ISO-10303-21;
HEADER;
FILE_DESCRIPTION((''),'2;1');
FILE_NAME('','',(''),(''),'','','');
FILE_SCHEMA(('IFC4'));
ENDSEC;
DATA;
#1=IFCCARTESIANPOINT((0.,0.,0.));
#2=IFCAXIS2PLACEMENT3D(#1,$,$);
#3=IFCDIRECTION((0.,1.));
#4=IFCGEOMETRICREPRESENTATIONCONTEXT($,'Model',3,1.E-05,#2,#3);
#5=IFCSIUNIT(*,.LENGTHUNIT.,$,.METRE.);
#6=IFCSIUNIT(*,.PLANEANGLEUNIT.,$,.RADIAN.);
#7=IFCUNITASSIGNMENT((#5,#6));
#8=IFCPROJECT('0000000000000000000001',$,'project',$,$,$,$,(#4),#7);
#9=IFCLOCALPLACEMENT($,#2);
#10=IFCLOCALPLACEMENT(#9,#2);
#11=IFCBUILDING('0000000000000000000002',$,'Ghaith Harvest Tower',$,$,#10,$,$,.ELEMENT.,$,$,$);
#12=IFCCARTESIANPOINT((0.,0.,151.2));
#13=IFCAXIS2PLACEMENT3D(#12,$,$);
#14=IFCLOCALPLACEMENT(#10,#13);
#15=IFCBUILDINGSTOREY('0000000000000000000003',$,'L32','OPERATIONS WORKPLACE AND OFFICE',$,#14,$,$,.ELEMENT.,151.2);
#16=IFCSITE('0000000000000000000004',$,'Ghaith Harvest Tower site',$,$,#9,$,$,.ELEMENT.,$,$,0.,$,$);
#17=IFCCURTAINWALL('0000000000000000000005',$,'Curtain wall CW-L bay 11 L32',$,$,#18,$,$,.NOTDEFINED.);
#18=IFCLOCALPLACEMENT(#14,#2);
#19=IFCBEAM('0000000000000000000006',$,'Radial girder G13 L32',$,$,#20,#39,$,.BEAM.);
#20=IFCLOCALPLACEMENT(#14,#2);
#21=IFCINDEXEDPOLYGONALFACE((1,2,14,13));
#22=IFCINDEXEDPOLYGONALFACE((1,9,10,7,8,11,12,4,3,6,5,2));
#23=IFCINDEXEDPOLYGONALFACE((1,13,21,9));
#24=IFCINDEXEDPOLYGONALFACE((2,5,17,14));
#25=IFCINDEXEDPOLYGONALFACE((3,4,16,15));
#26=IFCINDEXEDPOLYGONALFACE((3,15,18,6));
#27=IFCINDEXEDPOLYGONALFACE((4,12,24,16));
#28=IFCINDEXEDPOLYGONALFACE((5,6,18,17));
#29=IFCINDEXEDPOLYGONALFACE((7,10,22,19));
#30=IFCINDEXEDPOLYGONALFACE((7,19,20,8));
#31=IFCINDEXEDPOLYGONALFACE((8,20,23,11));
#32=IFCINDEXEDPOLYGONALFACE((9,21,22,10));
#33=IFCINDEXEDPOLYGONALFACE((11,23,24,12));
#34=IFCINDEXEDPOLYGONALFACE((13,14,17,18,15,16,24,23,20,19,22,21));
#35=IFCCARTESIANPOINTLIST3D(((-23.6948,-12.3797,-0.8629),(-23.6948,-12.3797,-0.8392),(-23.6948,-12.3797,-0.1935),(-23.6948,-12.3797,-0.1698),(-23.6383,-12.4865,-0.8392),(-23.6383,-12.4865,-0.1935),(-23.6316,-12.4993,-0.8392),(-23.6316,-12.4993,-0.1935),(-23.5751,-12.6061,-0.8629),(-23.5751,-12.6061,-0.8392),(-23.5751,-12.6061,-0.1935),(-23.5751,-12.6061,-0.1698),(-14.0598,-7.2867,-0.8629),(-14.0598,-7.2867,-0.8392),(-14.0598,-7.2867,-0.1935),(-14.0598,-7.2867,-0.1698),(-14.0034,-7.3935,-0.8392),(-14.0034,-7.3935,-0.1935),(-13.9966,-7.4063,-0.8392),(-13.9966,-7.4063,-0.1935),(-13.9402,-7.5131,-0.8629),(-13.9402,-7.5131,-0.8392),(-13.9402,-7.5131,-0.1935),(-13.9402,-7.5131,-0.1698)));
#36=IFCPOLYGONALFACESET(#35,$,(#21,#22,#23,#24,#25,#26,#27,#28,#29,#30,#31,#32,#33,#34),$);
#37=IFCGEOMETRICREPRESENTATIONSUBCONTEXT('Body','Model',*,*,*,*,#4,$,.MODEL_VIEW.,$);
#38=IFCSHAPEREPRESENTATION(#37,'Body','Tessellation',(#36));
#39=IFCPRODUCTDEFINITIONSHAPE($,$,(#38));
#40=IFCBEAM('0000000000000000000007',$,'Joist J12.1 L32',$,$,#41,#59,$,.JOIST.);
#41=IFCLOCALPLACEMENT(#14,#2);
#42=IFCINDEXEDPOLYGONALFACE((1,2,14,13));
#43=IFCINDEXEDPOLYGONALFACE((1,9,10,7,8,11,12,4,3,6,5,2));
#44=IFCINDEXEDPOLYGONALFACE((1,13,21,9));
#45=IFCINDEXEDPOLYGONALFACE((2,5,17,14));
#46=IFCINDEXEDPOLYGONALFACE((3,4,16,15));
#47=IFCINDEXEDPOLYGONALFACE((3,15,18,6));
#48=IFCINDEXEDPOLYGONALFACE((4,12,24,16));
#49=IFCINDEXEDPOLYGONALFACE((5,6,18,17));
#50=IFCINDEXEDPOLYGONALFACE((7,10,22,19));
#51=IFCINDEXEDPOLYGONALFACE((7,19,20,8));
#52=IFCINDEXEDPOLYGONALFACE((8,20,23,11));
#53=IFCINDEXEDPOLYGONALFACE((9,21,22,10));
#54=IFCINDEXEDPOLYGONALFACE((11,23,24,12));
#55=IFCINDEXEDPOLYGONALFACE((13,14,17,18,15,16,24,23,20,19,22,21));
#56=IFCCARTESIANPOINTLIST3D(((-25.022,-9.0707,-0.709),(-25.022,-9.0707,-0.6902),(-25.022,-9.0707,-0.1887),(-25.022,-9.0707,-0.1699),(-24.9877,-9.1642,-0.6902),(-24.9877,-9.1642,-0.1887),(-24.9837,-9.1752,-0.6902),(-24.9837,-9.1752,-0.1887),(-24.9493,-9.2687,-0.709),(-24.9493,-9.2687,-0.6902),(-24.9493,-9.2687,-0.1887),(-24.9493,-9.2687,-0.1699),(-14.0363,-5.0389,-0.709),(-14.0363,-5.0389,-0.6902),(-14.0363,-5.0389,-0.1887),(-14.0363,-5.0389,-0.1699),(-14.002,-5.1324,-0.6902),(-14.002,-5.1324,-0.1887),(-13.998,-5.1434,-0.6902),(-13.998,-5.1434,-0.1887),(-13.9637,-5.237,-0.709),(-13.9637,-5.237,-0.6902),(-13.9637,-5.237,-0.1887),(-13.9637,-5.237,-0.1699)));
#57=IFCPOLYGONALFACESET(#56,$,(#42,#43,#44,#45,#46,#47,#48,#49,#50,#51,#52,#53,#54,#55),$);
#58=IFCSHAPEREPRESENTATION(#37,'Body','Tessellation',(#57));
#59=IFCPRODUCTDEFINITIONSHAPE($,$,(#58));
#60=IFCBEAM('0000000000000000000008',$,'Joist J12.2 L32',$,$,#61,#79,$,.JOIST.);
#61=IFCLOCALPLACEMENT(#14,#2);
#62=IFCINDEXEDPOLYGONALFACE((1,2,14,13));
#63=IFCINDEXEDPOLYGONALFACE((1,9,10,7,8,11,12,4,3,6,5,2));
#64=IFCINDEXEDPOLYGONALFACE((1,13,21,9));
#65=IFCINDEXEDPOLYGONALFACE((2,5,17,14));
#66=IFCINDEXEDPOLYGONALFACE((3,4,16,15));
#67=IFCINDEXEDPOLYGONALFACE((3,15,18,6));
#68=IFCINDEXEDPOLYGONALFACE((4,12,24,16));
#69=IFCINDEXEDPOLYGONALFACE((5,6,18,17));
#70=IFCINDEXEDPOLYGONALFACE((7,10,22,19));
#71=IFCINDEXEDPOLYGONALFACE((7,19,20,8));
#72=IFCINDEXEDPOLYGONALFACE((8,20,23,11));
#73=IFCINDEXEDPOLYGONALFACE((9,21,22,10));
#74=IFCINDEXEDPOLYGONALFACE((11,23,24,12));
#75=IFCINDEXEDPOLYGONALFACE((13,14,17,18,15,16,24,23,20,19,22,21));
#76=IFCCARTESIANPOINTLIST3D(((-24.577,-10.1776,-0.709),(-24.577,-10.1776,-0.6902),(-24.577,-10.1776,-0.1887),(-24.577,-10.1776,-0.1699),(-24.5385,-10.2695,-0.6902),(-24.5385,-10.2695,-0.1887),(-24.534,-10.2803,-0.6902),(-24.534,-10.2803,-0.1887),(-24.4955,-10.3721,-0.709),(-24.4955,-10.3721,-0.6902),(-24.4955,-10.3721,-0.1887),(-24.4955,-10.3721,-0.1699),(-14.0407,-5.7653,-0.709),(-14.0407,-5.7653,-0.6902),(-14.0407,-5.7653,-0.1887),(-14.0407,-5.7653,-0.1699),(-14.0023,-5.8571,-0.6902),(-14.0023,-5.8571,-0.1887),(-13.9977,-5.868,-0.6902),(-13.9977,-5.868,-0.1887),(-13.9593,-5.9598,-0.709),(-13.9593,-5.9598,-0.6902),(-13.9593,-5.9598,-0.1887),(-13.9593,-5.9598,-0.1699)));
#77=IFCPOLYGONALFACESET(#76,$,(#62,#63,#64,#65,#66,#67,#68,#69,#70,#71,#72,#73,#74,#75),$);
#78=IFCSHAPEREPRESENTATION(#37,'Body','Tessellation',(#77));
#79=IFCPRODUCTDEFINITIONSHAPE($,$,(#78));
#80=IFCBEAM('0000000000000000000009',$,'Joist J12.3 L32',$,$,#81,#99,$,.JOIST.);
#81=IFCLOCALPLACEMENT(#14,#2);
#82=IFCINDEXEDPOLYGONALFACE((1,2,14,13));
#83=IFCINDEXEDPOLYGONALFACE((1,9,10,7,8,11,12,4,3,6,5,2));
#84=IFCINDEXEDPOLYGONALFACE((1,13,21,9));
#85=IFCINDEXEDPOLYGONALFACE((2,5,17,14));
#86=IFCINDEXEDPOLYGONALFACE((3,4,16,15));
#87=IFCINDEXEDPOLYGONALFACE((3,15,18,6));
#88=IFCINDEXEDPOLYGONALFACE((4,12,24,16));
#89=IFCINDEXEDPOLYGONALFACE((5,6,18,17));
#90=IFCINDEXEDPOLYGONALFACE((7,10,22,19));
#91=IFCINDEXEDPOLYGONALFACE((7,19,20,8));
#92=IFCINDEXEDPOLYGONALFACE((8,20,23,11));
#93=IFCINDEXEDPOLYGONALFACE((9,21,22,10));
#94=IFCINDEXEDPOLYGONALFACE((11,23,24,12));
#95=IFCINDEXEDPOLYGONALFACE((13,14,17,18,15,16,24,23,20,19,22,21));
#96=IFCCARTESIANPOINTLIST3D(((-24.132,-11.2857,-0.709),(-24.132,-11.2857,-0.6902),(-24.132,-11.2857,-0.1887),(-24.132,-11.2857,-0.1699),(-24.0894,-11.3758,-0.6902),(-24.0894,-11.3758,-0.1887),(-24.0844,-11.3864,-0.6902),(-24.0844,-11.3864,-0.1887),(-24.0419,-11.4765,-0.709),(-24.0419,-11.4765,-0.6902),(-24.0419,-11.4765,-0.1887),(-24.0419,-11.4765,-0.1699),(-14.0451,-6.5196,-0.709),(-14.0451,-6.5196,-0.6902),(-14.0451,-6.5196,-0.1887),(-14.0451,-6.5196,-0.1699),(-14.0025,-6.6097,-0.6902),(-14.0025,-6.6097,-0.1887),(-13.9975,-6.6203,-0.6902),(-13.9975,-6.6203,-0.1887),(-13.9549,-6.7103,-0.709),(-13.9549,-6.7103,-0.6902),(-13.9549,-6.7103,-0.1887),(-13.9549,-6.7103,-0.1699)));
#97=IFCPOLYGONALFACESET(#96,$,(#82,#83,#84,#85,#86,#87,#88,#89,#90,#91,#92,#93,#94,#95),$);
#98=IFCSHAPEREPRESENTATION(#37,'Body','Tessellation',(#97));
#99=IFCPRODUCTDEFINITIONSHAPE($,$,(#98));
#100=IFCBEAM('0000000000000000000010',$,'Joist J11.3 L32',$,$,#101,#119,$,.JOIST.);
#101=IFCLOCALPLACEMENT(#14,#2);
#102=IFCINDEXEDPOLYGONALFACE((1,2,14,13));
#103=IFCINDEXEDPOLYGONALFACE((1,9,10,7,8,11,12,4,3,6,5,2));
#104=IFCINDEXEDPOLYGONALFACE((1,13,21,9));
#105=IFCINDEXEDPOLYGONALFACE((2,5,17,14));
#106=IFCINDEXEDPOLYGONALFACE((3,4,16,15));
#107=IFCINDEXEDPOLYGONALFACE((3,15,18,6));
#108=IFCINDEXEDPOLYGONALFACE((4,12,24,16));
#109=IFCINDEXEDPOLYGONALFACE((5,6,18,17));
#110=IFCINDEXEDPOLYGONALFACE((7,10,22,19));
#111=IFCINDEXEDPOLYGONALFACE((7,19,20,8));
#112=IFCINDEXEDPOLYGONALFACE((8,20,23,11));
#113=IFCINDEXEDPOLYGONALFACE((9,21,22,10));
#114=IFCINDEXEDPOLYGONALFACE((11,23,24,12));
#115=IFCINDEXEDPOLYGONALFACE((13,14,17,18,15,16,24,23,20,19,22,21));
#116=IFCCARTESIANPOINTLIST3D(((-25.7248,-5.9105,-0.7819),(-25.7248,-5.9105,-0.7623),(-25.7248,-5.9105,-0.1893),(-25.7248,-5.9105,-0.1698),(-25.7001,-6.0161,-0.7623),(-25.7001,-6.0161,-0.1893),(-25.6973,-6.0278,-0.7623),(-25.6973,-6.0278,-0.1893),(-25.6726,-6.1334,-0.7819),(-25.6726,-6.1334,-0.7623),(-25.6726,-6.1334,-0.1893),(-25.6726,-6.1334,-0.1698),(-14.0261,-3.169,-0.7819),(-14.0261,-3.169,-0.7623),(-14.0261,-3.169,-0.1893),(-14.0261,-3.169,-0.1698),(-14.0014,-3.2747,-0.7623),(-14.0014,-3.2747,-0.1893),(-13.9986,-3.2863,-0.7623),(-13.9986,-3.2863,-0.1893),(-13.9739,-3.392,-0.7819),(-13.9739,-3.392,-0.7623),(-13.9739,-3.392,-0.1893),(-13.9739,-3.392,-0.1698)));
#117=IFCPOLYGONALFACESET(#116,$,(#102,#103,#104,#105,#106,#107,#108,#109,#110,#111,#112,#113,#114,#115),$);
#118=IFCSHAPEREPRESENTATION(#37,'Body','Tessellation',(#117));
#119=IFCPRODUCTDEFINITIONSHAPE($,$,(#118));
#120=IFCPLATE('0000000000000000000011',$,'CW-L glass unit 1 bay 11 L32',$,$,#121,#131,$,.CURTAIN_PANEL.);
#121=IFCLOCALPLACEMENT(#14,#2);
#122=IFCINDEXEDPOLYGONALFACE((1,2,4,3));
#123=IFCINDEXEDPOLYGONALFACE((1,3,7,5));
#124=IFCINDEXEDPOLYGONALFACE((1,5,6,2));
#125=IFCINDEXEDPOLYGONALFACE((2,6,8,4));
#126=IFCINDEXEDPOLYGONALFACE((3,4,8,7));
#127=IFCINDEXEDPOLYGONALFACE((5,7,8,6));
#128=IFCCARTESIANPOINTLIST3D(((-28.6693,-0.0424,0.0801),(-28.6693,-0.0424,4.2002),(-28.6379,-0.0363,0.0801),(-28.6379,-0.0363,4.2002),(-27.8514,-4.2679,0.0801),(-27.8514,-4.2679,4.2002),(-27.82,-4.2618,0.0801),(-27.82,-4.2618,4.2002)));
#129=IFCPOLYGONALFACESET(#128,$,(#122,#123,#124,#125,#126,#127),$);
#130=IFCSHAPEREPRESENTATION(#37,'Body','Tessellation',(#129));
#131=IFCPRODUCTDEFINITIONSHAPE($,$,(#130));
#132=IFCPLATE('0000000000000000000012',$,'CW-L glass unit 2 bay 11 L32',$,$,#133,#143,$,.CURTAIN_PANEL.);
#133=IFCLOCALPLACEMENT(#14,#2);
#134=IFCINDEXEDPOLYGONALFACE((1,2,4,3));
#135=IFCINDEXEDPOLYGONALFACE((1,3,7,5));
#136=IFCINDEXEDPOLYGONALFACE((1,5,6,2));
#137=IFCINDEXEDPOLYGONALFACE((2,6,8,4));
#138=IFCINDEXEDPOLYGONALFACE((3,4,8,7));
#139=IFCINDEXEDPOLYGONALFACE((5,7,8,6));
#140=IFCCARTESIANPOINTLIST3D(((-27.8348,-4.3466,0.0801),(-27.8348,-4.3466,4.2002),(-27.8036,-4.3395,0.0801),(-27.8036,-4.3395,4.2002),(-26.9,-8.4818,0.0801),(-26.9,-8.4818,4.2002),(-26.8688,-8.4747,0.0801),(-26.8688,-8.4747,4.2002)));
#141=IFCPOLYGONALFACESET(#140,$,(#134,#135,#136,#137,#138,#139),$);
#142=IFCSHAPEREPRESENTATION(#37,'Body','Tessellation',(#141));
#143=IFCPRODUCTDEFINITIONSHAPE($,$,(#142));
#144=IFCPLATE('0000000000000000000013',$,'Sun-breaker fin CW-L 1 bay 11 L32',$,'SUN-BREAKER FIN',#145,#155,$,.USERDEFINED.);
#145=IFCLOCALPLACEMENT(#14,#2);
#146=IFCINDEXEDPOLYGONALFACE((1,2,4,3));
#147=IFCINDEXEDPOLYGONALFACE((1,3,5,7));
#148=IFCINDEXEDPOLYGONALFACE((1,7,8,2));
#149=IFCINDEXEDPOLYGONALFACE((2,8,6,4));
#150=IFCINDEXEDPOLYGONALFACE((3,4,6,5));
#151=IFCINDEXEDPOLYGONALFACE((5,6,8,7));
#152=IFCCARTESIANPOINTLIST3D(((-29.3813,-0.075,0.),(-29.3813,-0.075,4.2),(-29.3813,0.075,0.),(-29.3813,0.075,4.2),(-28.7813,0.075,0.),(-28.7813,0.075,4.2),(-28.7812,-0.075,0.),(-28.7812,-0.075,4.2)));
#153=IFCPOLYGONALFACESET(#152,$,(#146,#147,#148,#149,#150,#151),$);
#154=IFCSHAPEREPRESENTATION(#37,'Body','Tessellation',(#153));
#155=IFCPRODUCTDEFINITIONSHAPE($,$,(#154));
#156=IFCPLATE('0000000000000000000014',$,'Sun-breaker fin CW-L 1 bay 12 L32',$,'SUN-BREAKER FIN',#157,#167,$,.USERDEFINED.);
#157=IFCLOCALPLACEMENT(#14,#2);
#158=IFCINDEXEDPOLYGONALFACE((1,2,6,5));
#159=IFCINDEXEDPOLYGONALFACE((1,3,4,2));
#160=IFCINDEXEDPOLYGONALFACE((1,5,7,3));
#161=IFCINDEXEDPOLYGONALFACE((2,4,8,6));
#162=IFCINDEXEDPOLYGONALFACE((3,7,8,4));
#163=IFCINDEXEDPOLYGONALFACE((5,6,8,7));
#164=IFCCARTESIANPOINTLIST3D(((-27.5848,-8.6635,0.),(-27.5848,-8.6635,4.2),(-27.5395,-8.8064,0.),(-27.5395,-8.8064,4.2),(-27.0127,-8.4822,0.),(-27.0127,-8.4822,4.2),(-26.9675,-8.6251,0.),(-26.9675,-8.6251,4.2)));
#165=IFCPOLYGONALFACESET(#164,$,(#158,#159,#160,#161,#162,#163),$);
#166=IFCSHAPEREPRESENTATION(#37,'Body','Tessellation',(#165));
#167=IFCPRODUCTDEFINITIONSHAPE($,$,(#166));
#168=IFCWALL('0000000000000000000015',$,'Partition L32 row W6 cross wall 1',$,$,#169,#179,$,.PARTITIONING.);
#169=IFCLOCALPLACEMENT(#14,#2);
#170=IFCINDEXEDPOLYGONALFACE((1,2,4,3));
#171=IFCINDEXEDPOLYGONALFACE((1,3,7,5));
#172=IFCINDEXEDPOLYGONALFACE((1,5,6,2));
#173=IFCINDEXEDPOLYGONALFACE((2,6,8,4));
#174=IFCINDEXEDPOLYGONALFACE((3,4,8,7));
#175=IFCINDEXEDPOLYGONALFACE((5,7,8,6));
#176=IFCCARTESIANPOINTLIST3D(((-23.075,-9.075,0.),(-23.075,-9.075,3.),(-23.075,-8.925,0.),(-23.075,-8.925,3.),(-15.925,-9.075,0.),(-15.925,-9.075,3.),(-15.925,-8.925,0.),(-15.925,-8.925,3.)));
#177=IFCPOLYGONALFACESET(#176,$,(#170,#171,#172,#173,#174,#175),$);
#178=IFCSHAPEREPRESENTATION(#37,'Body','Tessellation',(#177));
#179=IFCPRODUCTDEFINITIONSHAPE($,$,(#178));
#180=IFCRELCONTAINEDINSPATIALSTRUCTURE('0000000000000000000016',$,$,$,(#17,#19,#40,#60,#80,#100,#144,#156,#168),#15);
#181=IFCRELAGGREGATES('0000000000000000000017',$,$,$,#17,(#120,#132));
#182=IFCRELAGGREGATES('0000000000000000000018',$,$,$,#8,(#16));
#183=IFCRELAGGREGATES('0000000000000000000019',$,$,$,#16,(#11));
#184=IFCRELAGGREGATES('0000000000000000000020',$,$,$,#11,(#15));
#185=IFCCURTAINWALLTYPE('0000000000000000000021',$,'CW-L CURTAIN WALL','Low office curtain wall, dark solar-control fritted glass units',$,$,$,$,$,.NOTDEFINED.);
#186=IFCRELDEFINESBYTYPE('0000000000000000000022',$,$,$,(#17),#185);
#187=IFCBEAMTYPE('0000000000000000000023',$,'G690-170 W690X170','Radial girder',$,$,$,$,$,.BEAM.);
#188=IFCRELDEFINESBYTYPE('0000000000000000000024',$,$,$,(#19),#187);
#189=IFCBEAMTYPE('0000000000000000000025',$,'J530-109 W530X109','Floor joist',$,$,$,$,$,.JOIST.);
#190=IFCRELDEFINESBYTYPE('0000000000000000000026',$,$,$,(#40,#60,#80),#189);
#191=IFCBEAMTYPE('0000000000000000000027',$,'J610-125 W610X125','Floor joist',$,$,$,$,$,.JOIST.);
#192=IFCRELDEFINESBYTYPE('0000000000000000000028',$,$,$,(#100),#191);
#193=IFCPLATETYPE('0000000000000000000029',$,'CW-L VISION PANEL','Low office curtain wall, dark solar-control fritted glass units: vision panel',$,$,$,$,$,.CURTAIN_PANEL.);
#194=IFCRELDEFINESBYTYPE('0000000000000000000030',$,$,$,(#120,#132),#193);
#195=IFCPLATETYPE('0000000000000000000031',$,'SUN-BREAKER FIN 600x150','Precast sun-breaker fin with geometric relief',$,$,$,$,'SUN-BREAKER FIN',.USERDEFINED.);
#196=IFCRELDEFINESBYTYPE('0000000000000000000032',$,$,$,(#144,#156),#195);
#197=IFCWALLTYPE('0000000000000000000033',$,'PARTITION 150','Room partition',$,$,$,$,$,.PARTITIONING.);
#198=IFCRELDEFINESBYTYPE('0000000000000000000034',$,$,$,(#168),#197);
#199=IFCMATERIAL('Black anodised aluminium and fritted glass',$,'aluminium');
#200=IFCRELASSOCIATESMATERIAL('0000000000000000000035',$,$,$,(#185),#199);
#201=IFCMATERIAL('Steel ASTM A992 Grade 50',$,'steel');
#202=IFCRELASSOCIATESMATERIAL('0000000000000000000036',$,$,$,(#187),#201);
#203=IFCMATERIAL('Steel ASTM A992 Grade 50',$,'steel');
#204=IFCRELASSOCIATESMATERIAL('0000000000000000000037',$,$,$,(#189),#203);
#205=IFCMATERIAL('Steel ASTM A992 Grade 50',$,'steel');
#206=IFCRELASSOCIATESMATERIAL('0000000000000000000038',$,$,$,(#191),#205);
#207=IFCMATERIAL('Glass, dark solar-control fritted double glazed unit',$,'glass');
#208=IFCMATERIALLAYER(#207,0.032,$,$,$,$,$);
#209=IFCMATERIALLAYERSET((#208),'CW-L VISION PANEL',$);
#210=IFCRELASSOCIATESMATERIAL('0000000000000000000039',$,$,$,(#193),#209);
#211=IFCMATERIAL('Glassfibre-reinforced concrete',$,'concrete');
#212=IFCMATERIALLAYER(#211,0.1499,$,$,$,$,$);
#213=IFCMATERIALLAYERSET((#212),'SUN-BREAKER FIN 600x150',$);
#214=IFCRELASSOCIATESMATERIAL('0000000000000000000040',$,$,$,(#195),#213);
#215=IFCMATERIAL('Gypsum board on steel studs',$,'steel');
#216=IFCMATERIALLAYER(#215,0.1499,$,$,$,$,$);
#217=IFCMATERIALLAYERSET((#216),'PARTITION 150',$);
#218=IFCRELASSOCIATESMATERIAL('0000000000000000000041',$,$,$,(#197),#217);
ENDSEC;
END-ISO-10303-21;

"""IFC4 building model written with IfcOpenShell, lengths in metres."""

from ifc_helpers import new_model, si_unit, direction, frame, frame_2d, origin, origin_2d, place, context, subcontext, project, spatial, rectangle, i_section, extrude, material, layer, layer_set, material_profile, profile_set, type_object, element, aggregate, save


model = new_model("IFC4")

# Units and contexts
model_context = context("Model", 3, precision=1e-05, world=origin(), true_north=direction((0.0, 1.0)))
body_context = subcontext(model_context, "Body", "Model", "MODEL_VIEW")
ifc_project = project(units=[si_unit("LENGTHUNIT", "METRE"), si_unit("PLANEANGLEUNIT", "RADIAN")], contexts=[model_context])

# Site, building, storey
site_placement = place(None, origin())
site = spatial("IfcSite", under=ifc_project, at=site_placement, Name="Ghaith Harvest Tower site", CompositionType="ELEMENT", RefElevation=0.0)
building_placement = place(site_placement, origin())
building = spatial("IfcBuilding", under=site, at=building_placement, Name="Ghaith Harvest Tower", CompositionType="ELEMENT")
storey_placement = place(building_placement, frame((0.0, 0.0, 151.2)))
storey = spatial("IfcBuildingStorey", under=building, at=storey_placement, Name="L32", Description="OPERATIONS WORKPLACE AND OFFICE", CompositionType="ELEMENT", Elevation=151.2)

# Curtain wall
ifc_material_1 = material(Name="Black anodised aluminium and fritted glass", Category="aluminium")
curtain_wall_type = type_object("IfcCurtainWallType", Name="CW-L CURTAIN WALL", Description="Low office curtain wall, dark solar-control fritted glass units", PredefinedType="NOTDEFINED", material=ifc_material_1)
curtain_wall_1_placement = place(storey_placement, origin())
curtain_wall_1 = element("IfcCurtainWall", 1, at=curtain_wall_1_placement, inside=storey, type_object=curtain_wall_type, Name="Curtain wall CW-L bay 11 L32", PredefinedType="NOTDEFINED")

# Beams
ifc_material_2 = material(Name="Steel ASTM A992 Grade 50", Category="steel")
ifc_material_profile_1 = material_profile(ifc_material_2, i_section(OverallWidth=0.2561, OverallDepth=0.6931, WebThickness=0.0144, FlangeThickness=0.0237, at=origin_2d()), Name="W690X170")
ifc_profile_set_1 = profile_set([ifc_material_profile_1], Name="Steel ASTM A992 Grade 50")
beam_type_1 = type_object("IfcBeamType", Name="G690-170 W690X170", Description="Radial girder", PredefinedType="BEAM", material=ifc_profile_set_1)
beam_1_placement = place(storey_placement, frame((-14.0, -7.3999, -0.5164), z_axis=(-0.884086, -0.467324, 0.0), x_axis=(0.467324, -0.884086, 0.0)))
element("IfcBeam", 2, at=beam_1_placement, inside=storey, type_object=beam_type_1, Name="Radial girder G13 L32", PredefinedType="BEAM", context=body_context, shape_type="SweptSolid", body=[
    extrude(i_section(OverallWidth=0.2561, OverallDepth=0.6931, WebThickness=0.0144, FlangeThickness=0.0237, at=origin_2d()), origin(), (0.0, 0.0, 1.0), 10.8982),
])
ifc_material_3 = material(Name="Steel ASTM A992 Grade 50", Category="steel")
ifc_material_profile_2 = material_profile(ifc_material_3, i_section(OverallWidth=0.2109, OverallDepth=0.5391, WebThickness=0.0117, FlangeThickness=0.0188, at=origin_2d()), Name="W530X109")
ifc_profile_set_2 = profile_set([ifc_material_profile_2], Name="Steel ASTM A992 Grade 50")
beam_type_2 = type_object("IfcBeamType", Name="J530-109 W530X109", Description="Floor joist", PredefinedType="JOIST", material=ifc_profile_set_2)
beam_2_placement = place(storey_placement, frame((-14.0, -5.1379, -0.4395), z_axis=(-0.938774, -0.344532, 0.0), x_axis=(0.344532, -0.938774, 0.0)))
element("IfcBeam", 3, at=beam_2_placement, inside=storey, type_object=beam_type_2, Name="Joist J12.1 L32", PredefinedType="JOIST", context=body_context, shape_type="SweptSolid", body=[
    extrude(i_section(OverallWidth=0.2109, OverallDepth=0.5391, WebThickness=0.0117, FlangeThickness=0.0188, at=origin_2d()), origin(), (0.0, 0.0, 1.0), 11.7021),
])
beam_3_placement = place(storey_placement, frame((-14.0, -5.8625, -0.4395), z_axis=(-0.922386, -0.38627, 0.0), x_axis=(0.38627, -0.922386, 0.0)))
element("IfcBeam", 4, at=beam_3_placement, inside=storey, type_object=beam_type_2, Name="Joist J12.2 L32", PredefinedType="JOIST", context=body_context, shape_type="SweptSolid", body=[
    extrude(i_section(OverallWidth=0.2109, OverallDepth=0.5391, WebThickness=0.0117, FlangeThickness=0.0188, at=origin_2d()), origin(), (0.0, 0.0, 1.0), 11.4229),
])
beam_4_placement = place(storey_placement, frame((-14.0, -6.615, -0.4395), z_axis=(-0.90415, -0.427215, 0.0), x_axis=(0.427215, -0.90415, 0.0)))
element("IfcBeam", 5, at=beam_4_placement, inside=storey, type_object=beam_type_2, Name="Joist J12.3 L32", PredefinedType="JOIST", context=body_context, shape_type="SweptSolid", body=[
    extrude(i_section(OverallWidth=0.2109, OverallDepth=0.5391, WebThickness=0.0117, FlangeThickness=0.0188, at=origin_2d()), origin(), (0.0, 0.0, 1.0), 11.1562),
])
ifc_material_4 = material(Name="Steel ASTM A992 Grade 50", Category="steel")
ifc_material_profile_3 = material_profile(ifc_material_4, i_section(OverallWidth=0.229, OverallDepth=0.6121, WebThickness=0.012, FlangeThickness=0.0195, at=origin_2d()), Name="W610X125")
ifc_profile_set_3 = profile_set([ifc_material_profile_3], Name="Steel ASTM A992 Grade 50")
beam_type_3 = type_object("IfcBeamType", Name="J610-125 W610X125", Description="Floor joist", PredefinedType="JOIST", material=ifc_profile_set_3)
beam_5_placement = place(storey_placement, frame((-14.0, -3.2805, -0.4758), z_axis=(-0.973624, -0.228157, 0.0), x_axis=(0.228157, -0.973624, 0.0)))
element("IfcBeam", 6, at=beam_5_placement, inside=storey, type_object=beam_type_3, Name="Joist J11.3 L32", PredefinedType="JOIST", context=body_context, shape_type="SweptSolid", body=[
    extrude(i_section(OverallWidth=0.229, OverallDepth=0.6121, WebThickness=0.012, FlangeThickness=0.0195, at=origin_2d()), origin(), (0.0, 0.0, 1.0), 12.0156),
])

# Plates
ifc_material_5 = material(Name="Glass, dark solar-control fritted double glazed unit", Category="glass")
ifc_layer_1 = layer(ifc_material_5, 0.032)
ifc_layer_set_1 = layer_set([ifc_layer_1], Name="CW-L VISION PANEL")
plate_type_1 = type_object("IfcPlateType", Name="CW-L VISION PANEL", Description="Low office curtain wall, dark solar-control fritted glass units: vision panel", PredefinedType="CURTAIN_PANEL", material=ifc_layer_set_1)
plate_1_placement = place(storey_placement, frame((-28.2446, -2.1521, 0.0801), z_axis=(0.0, 0.0, 1.0), x_axis=(0.190045, -0.981775, 0.0)))
plate_1 = element("IfcPlate", 7, at=plate_1_placement, type_object=plate_type_1, Name="CW-L glass unit 1 bay 11 L32", PredefinedType="CURTAIN_PANEL", context=body_context, shape_type="SweptSolid", body=[
    extrude(rectangle(XDim=4.304, YDim=0.032, at=origin_2d()), origin(), (0.0, 0.0, 1.0), 4.1201),
])
plate_2_placement = place(storey_placement, frame((-27.3518, -6.4106, 0.0801), z_axis=(0.0, 0.0, 1.0), x_axis=(0.220483, -0.975391, 0.0)))
plate_2 = element("IfcPlate", 8, at=plate_2_placement, type_object=plate_type_1, Name="CW-L glass unit 2 bay 11 L32", PredefinedType="CURTAIN_PANEL", context=body_context, shape_type="SweptSolid", body=[
    extrude(rectangle(XDim=4.2395, YDim=0.032, at=origin_2d()), origin(), (0.0, 0.0, 1.0), 4.1201),
])
aggregate(curtain_wall_1, [plate_1, plate_2])

# Plates
ifc_material_6 = material(Name="Glassfibre-reinforced concrete", Category="concrete")
ifc_layer_2 = layer(ifc_material_6, 0.1499)
ifc_layer_set_2 = layer_set([ifc_layer_2], Name="SUN-BREAKER FIN 600x150")
plate_type_2 = type_object("IfcPlateType", Name="SUN-BREAKER FIN 600x150", Description="Precast sun-breaker fin with geometric relief", ElementType="SUN-BREAKER FIN", PredefinedType="USERDEFINED", material=ifc_layer_set_2)
for number, where, z_axis, x_axis, name in (
    (9, (-29.0813, 0.0, 0.0), (0.0, 0.0, 1.0), (-1.0, 0.0, 0.0), "Sun-breaker fin CW-L 1 bay 11 L32"),
    (10, (-27.2761, -8.6443, 0.0), (0.0, 0.0, 1.0), (-0.953273, -0.30211, 0.0), "Sun-breaker fin CW-L 1 bay 12 L32"),
):
    element("IfcPlate", number, at=place(storey_placement, frame(where, z_axis=z_axis, x_axis=x_axis)), inside=storey, type_object=plate_type_2, Name=name, ObjectType="SUN-BREAKER FIN", PredefinedType="USERDEFINED", context=body_context, shape_type="SweptSolid", body=[
        extrude(rectangle(XDim=0.6001, YDim=0.1499, at=origin_2d()), origin(), (0.0, 0.0, 1.0), 4.2),
    ])

# Wall
ifc_material_7 = material(Name="Gypsum board on steel studs", Category="steel")
ifc_layer_3 = layer(ifc_material_7, 0.1499)
ifc_layer_set_3 = layer_set([ifc_layer_3], Name="PARTITION 150")
wall_type = type_object("IfcWallType", Name="PARTITION 150", Description="Room partition", PredefinedType="PARTITIONING", material=ifc_layer_set_3)
for number, where, z_axis, x_axis, name in (
    (11, (-15.925, -9.0, 0.0), (0.0, 0.0, 1.0), (-1.0, 0.0, 0.0), "Partition L32 row W6 cross wall 1"),
):
    element("IfcWall", number, at=place(storey_placement, frame(where, z_axis=z_axis, x_axis=x_axis)), inside=storey, type_object=wall_type, Name=name, PredefinedType="PARTITIONING", context=body_context, shape_type="SweptSolid", body=[
        extrude(rectangle(XDim=7.1499, YDim=0.1499, at=frame_2d((3.575, 0.0))), origin(), (0.0, 0.0, 1.0), 3.0),
    ])

save(model, "model.ifc")
